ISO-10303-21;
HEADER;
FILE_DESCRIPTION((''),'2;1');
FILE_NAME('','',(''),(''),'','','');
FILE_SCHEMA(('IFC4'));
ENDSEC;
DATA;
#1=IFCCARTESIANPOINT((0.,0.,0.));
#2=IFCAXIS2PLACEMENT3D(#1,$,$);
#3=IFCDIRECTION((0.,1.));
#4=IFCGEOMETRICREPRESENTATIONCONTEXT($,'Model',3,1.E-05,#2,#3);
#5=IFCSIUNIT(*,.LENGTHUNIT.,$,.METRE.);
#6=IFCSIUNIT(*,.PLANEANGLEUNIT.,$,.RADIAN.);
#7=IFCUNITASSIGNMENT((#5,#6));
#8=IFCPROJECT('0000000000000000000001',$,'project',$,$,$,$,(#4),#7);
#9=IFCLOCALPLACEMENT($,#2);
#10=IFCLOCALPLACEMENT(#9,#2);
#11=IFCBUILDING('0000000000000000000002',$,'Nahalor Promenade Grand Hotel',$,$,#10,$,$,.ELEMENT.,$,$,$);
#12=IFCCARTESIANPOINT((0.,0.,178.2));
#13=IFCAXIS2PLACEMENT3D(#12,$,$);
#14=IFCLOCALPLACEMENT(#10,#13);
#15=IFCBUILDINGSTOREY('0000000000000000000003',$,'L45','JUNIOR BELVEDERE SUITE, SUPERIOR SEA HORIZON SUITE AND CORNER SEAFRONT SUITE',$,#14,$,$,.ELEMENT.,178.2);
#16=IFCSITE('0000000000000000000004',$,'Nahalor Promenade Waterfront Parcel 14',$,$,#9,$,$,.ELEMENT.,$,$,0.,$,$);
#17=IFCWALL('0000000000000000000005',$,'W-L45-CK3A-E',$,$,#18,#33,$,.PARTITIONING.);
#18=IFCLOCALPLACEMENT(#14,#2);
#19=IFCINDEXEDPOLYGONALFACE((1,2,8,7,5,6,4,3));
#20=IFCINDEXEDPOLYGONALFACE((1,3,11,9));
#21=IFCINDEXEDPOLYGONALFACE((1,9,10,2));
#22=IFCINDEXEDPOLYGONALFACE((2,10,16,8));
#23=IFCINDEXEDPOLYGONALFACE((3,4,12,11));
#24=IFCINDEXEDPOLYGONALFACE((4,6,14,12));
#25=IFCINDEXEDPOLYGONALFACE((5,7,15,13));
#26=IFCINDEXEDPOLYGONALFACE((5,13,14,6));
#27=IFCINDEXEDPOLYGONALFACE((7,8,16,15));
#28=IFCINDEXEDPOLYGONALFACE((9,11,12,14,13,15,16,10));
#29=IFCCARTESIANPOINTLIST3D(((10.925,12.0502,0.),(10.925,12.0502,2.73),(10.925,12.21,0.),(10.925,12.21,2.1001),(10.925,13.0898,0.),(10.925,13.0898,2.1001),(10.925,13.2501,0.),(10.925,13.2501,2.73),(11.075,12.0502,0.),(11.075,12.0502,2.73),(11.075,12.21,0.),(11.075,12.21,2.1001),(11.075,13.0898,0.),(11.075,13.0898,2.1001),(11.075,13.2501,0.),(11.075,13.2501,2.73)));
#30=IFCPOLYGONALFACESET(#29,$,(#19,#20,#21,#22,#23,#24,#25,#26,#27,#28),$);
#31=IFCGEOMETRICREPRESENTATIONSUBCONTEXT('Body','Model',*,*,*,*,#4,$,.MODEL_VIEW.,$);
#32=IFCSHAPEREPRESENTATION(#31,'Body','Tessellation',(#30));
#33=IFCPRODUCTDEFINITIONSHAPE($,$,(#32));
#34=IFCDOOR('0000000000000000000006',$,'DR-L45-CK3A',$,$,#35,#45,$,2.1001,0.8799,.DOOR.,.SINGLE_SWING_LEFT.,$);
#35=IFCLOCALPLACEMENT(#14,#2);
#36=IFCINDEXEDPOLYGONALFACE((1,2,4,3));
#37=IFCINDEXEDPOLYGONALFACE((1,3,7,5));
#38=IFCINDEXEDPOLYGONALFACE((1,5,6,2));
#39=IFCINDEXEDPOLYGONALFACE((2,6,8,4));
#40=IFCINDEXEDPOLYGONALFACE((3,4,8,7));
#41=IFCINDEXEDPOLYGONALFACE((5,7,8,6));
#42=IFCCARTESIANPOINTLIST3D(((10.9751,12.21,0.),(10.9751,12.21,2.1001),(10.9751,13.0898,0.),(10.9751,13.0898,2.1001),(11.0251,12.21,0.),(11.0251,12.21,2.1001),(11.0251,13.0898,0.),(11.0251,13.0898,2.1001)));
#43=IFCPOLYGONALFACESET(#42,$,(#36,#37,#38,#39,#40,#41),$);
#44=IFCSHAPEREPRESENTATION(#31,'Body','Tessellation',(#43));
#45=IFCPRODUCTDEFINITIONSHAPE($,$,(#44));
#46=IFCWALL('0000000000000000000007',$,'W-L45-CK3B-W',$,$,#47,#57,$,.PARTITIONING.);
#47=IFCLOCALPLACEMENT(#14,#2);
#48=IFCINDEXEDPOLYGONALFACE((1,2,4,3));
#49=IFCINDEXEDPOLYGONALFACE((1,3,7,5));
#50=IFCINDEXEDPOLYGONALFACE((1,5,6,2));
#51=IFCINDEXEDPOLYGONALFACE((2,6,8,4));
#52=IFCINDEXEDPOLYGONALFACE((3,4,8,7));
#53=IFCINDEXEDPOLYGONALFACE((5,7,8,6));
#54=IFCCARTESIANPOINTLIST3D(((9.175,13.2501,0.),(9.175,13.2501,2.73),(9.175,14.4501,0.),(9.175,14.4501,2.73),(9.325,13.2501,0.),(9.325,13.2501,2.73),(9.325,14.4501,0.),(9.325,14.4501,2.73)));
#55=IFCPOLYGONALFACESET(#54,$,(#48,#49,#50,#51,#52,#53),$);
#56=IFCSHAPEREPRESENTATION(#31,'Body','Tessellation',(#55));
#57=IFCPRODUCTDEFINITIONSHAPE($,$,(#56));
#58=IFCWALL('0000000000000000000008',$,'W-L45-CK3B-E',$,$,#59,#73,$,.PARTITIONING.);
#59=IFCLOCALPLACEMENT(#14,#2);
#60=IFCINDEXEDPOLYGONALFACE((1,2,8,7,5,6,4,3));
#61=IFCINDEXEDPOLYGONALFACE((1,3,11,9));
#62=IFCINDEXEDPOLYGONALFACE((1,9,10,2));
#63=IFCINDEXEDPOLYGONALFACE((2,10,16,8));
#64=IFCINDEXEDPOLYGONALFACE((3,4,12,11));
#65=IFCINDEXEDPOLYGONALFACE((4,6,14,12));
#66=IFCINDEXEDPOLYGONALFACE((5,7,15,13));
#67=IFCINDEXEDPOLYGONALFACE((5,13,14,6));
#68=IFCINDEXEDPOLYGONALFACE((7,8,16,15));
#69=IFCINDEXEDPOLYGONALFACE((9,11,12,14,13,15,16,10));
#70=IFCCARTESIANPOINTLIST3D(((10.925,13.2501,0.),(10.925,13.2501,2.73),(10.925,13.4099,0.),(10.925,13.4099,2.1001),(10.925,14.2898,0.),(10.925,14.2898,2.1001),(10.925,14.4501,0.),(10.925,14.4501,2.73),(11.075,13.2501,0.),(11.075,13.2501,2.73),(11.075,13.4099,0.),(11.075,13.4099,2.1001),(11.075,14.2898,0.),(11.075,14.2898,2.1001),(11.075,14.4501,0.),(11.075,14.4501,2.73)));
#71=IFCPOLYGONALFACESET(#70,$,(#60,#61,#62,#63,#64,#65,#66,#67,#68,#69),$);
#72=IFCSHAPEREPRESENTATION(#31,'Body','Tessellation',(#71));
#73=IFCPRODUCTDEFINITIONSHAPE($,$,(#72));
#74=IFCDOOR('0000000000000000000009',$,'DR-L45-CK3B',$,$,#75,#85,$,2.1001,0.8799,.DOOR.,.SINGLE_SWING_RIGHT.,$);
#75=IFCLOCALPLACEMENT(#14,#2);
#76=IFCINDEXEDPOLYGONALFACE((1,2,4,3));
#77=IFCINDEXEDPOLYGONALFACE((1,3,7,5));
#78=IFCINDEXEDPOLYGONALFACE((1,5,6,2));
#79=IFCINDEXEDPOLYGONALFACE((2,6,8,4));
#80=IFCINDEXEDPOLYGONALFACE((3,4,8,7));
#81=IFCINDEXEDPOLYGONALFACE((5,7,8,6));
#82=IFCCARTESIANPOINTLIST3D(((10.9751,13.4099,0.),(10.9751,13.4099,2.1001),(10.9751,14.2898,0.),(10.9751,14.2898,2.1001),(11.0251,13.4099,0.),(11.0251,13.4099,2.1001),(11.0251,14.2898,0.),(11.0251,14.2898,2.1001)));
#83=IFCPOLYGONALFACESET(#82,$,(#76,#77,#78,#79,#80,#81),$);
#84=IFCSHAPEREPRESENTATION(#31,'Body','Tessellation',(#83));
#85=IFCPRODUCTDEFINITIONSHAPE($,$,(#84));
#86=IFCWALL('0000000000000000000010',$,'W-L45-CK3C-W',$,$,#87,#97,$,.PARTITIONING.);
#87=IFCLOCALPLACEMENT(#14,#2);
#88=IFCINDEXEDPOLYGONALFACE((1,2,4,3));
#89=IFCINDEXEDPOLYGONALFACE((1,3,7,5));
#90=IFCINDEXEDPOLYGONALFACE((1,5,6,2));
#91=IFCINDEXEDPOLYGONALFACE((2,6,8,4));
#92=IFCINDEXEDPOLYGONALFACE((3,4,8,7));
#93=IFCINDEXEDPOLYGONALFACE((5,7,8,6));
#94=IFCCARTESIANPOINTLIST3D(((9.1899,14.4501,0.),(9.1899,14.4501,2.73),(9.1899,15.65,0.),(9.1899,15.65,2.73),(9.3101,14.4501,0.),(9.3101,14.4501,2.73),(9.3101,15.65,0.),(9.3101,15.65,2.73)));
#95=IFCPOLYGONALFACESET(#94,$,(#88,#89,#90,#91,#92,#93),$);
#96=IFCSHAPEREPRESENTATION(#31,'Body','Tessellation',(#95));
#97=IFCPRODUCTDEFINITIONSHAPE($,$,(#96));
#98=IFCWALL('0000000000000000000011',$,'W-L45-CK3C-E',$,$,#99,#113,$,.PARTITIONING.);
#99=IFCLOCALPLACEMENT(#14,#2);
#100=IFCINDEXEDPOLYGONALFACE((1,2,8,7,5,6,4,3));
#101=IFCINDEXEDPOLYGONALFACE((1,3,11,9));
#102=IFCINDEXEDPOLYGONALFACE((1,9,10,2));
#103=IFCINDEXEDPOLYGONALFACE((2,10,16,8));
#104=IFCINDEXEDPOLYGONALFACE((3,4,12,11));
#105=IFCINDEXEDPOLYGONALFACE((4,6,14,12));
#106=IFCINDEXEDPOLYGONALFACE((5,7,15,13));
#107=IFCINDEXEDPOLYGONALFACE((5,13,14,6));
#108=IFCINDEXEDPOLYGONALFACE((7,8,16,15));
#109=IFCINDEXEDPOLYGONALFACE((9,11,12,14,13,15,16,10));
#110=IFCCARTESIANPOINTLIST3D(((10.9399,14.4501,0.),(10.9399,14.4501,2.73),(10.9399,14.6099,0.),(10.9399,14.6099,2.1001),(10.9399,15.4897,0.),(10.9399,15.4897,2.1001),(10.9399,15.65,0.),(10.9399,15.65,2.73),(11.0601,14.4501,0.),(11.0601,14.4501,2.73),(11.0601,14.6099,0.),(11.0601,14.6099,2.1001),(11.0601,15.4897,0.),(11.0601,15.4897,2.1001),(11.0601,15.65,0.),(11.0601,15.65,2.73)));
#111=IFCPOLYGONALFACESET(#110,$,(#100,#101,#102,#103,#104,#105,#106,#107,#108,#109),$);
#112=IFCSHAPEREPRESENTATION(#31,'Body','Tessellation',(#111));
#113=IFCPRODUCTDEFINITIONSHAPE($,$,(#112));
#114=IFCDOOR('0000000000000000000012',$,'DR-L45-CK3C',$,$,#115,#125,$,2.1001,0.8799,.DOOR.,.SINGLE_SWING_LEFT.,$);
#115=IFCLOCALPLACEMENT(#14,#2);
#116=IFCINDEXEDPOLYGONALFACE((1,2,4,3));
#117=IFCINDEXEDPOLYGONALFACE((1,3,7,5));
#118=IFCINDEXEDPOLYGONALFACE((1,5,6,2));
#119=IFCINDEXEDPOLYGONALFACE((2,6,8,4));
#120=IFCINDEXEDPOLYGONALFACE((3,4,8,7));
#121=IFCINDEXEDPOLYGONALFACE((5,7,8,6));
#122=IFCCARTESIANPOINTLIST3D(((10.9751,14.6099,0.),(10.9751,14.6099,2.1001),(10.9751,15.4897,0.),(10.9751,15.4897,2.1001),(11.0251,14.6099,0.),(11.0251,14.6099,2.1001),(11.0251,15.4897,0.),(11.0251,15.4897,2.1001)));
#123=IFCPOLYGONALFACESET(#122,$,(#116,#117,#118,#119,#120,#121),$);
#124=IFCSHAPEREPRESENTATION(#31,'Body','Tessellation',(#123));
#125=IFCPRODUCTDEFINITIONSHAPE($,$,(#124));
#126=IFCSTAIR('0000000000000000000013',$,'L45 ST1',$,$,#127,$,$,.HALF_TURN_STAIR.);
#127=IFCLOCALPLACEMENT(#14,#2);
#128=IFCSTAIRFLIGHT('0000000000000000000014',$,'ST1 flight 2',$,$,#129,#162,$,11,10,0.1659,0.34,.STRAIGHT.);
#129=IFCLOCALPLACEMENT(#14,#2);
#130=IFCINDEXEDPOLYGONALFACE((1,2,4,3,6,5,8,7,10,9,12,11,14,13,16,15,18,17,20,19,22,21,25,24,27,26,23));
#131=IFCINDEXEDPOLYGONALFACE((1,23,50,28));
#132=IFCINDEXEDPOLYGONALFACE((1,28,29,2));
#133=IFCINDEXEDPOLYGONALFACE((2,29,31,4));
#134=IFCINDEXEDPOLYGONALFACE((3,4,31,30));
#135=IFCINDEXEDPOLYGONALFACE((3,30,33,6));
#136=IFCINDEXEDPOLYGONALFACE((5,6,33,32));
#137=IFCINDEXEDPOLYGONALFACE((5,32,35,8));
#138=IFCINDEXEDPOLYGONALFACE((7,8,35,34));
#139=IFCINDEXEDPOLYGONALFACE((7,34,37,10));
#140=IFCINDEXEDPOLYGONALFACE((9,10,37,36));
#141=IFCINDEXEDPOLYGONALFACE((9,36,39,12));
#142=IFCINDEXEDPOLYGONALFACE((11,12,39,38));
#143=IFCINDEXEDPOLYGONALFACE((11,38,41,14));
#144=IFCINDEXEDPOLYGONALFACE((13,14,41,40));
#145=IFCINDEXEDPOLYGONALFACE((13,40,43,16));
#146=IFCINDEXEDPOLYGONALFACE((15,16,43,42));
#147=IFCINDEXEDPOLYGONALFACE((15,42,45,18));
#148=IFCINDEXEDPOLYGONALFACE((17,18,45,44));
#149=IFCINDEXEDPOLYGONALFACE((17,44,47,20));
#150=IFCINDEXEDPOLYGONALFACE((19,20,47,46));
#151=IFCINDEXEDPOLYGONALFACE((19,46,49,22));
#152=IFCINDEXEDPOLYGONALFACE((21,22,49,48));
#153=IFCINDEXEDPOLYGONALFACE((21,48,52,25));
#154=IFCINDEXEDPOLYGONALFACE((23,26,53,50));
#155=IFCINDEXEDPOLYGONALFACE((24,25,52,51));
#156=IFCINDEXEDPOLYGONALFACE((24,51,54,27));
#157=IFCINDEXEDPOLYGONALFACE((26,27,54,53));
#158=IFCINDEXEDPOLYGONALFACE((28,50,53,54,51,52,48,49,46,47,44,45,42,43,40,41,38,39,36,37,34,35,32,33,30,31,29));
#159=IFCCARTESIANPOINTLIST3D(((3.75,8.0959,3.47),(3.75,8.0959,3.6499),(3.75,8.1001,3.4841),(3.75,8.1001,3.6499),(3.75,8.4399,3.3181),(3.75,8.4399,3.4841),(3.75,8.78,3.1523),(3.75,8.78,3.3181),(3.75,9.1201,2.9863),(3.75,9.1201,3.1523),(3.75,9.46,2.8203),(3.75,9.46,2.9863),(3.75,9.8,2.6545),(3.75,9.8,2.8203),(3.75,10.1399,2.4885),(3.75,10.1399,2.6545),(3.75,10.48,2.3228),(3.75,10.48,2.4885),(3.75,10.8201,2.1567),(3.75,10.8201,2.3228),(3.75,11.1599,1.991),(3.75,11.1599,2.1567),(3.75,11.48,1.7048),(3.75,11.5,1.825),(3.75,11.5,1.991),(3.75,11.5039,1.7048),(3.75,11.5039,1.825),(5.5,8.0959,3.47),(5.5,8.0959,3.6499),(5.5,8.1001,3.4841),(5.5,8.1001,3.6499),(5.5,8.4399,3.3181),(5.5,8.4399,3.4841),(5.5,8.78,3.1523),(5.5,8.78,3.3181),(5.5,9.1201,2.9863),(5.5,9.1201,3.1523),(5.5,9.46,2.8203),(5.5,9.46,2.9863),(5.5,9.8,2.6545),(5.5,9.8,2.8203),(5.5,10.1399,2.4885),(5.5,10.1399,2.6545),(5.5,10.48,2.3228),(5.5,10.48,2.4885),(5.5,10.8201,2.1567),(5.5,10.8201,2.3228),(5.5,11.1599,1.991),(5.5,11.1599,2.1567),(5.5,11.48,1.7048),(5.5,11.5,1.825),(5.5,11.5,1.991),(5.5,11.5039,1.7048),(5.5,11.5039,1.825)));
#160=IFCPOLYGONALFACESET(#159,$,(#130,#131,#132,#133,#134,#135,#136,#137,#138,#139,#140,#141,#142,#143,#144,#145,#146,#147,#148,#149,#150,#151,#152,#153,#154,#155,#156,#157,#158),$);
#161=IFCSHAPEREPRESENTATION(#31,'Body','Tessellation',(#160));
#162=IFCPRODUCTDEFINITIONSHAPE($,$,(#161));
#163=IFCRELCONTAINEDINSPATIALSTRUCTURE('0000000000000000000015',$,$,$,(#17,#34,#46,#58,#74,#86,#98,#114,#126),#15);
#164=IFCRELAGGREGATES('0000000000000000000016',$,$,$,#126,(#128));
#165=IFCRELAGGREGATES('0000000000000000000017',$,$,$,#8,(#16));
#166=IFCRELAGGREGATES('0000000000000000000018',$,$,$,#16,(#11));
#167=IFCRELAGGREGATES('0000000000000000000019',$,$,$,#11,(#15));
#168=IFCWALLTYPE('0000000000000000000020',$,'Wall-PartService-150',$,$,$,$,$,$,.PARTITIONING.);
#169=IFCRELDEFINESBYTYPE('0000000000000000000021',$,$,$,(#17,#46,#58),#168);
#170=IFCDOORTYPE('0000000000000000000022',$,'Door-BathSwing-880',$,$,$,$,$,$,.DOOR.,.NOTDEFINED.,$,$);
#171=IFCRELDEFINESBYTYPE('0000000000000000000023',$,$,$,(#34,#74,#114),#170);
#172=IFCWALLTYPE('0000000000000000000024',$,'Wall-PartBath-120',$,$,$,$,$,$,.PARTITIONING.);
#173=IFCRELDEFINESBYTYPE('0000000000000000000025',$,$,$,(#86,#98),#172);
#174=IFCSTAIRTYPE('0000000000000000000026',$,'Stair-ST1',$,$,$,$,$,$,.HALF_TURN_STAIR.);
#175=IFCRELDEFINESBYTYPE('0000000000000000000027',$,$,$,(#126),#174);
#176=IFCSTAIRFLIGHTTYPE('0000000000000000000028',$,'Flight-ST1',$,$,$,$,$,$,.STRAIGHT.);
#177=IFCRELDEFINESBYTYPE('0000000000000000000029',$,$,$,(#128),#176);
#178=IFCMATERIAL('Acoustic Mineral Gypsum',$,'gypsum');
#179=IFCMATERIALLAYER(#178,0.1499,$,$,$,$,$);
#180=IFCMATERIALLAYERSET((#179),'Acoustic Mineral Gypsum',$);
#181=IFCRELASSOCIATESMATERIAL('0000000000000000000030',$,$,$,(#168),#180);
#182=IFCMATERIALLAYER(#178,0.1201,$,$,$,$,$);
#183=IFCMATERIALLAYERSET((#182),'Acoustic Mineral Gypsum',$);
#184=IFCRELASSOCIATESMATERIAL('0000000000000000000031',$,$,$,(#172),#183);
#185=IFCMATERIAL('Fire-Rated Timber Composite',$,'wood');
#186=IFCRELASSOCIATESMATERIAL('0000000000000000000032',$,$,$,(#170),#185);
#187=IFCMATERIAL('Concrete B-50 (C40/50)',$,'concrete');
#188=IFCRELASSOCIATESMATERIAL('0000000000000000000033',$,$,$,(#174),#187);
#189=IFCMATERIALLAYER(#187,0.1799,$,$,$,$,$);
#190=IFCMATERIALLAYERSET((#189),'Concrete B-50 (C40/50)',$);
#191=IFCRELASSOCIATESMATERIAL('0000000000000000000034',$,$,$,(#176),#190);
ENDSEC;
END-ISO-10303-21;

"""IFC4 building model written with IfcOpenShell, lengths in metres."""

from ifc_helpers import new_model, si_unit, direction, frame, frame_2d, origin, place, context, subcontext, project, spatial, polyline, rectangle, outline, extrude, source, transform, mapped, material, layer, layer_set, type_object, element, fill, aggregate, save


model = new_model("IFC4")

# Units and contexts
model_context = context("Model", 3, precision=1e-05, world=origin(), true_north=direction((0.0, 1.0)))
body_context = subcontext(model_context, "Body", "Model", "MODEL_VIEW")
ifc_project = project(units=[si_unit("LENGTHUNIT", "METRE"), si_unit("PLANEANGLEUNIT", "RADIAN")], contexts=[model_context])

# Site, building, storey
site_placement = place(None, origin())
site = spatial("IfcSite", under=ifc_project, at=site_placement, Name="Nahalor Promenade Waterfront Parcel 14", CompositionType="ELEMENT", RefElevation=0.0)
building_placement = place(site_placement, origin())
building = spatial("IfcBuilding", under=site, at=building_placement, Name="Nahalor Promenade Grand Hotel", CompositionType="ELEMENT")
storey_placement = place(building_placement, frame((0.0, 0.0, 178.2)))
storey = spatial("IfcBuildingStorey", under=building, at=storey_placement, Name="L45", Description="JUNIOR BELVEDERE SUITE, SUPERIOR SEA HORIZON SUITE AND CORNER SEAFRONT SUITE", CompositionType="ELEMENT", Elevation=178.2)

# Shared definitions
ifc_material_1 = material(Name="Concrete B-50 (C40/50)", Category="concrete")
ifc_material_2 = material(Name="Acoustic Mineral Gypsum", Category="gypsum")
ifc_layer_1 = layer(ifc_material_2, 0.1499)
ifc_layer_set_1 = layer_set([ifc_layer_1], Name="Acoustic Mineral Gypsum")
wall_type_1 = type_object("IfcWallType", Name="Wall-PartService-150", PredefinedType="PARTITIONING", material=ifc_layer_set_1)
ifc_layer_2 = layer(ifc_material_2, 0.1201)
ifc_layer_set_2 = layer_set([ifc_layer_2], Name="Acoustic Mineral Gypsum")
wall_type_2 = type_object("IfcWallType", Name="Wall-PartBath-120", PredefinedType="PARTITIONING", material=ifc_layer_set_2)
shared_shape_1 = source(origin(), body_context, "Body", "SweptSolid", [
    extrude(rectangle(XDim=1.2, YDim=0.1499, at=frame_2d((0.6001, 0.0))), origin(), (0.0, 0.0, 1.0), 2.73),
])

# Wall, opening, door
wall_1_placement = place(storey_placement, frame((11.0, 12.05, 0.0), z_axis=(0.0, 0.0, 1.0), x_axis=(0.0, 1.0, 0.0)))
wall_1 = element("IfcWall", 1, at=wall_1_placement, inside=storey, type_object=wall_type_1, Name="W-L45-CK3A-E", PredefinedType="PARTITIONING", context=body_context, shape_type="MappedRepresentation", body=[
    mapped(shared_shape_1, transform((0.0, 0.0, 0.0), scale=1.0)),
])
opening_1_placement = place(wall_1_placement, frame((0.1599, 0.0, 0.0)))
opening_1 = element("IfcOpeningElement", 2, at=opening_1_placement, cuts=wall_1, PredefinedType="OPENING", context=body_context, shape_type="SweptSolid", body=[
    extrude(rectangle(XDim=0.8799, YDim=2.1001, at=frame_2d((0.4399, 1.05))), frame((0.0, 0.085, 0.0), z_axis=(0.0, -1.0, 0.0), x_axis=(1.0, 0.0, 0.0)), (0.0, 0.0, 1.0), 0.1699),
])
ifc_material_3 = material(Name="Fire-Rated Timber Composite", Category="wood")
door_type = type_object("IfcDoorType", Name="Door-BathSwing-880", OperationType="NOTDEFINED", PredefinedType="DOOR", material=ifc_material_3)
shared_shape_2 = source(origin(), body_context, "Body", "SweptSolid", [
    extrude(rectangle(XDim=0.8799, YDim=2.1001, at=frame_2d((0.4399, 1.05))), frame((0.0, 0.0249, 0.0), z_axis=(0.0, -1.0, 0.0), x_axis=(1.0, 0.0, 0.0)), (0.0, 0.0, 1.0), 0.05),
])
door_1_placement = place(opening_1_placement, origin())
door_1 = element("IfcDoor", 3, at=door_1_placement, inside=storey, type_object=door_type, Name="DR-L45-CK3A", OperationType="SINGLE_SWING_LEFT", OverallHeight=2.1001, OverallWidth=0.8799, PredefinedType="DOOR", context=body_context, shape_type="MappedRepresentation", body=[
    mapped(shared_shape_2, transform((0.0, 0.0, 0.0), scale=1.0)),
])
fill(opening_1, door_1)

# Wall
wall_2_placement = place(storey_placement, frame((9.25, 13.25, 0.0), z_axis=(0.0, 0.0, 1.0), x_axis=(0.0, 1.0, 0.0)))
element("IfcWall", 4, at=wall_2_placement, inside=storey, type_object=wall_type_1, Name="W-L45-CK3B-W", PredefinedType="PARTITIONING", context=body_context, shape_type="MappedRepresentation", body=[
    mapped(shared_shape_1, transform((0.0, 0.0, 0.0), scale=1.0)),
])

# Wall, opening, door
wall_3_placement = place(storey_placement, frame((11.0, 13.25, 0.0), z_axis=(0.0, 0.0, 1.0), x_axis=(0.0, 1.0, 0.0)))
wall_3 = element("IfcWall", 5, at=wall_3_placement, inside=storey, type_object=wall_type_1, Name="W-L45-CK3B-E", PredefinedType="PARTITIONING", context=body_context, shape_type="MappedRepresentation", body=[
    mapped(shared_shape_1, transform((0.0, 0.0, 0.0), scale=1.0)),
])
opening_2_placement = place(wall_3_placement, frame((0.1599, 0.0, 0.0)))
opening_2 = element("IfcOpeningElement", 6, at=opening_2_placement, cuts=wall_3, PredefinedType="OPENING", context=body_context, shape_type="SweptSolid", body=[
    extrude(rectangle(XDim=0.8799, YDim=2.1001, at=frame_2d((0.4399, 1.05))), frame((0.0, 0.085, 0.0), z_axis=(0.0, -1.0, 0.0), x_axis=(1.0, 0.0, 0.0)), (0.0, 0.0, 1.0), 0.1699),
])
door_2_placement = place(opening_2_placement, origin())
door_2 = element("IfcDoor", 7, at=door_2_placement, inside=storey, type_object=door_type, Name="DR-L45-CK3B", OperationType="SINGLE_SWING_RIGHT", OverallHeight=2.1001, OverallWidth=0.8799, PredefinedType="DOOR", context=body_context, shape_type="MappedRepresentation", body=[
    mapped(shared_shape_2, transform((0.0, 0.0, 0.0), scale=1.0)),
])
fill(opening_2, door_2)

# Wall
shared_shape_3 = source(origin(), body_context, "Body", "SweptSolid", [
    extrude(rectangle(XDim=1.2, YDim=0.1201, at=frame_2d((0.6001, 0.0))), origin(), (0.0, 0.0, 1.0), 2.73),
])
wall_4_placement = place(storey_placement, frame((9.25, 14.45, 0.0), z_axis=(0.0, 0.0, 1.0), x_axis=(0.0, 1.0, 0.0)))
element("IfcWall", 8, at=wall_4_placement, inside=storey, type_object=wall_type_2, Name="W-L45-CK3C-W", PredefinedType="PARTITIONING", context=body_context, shape_type="MappedRepresentation", body=[
    mapped(shared_shape_3, transform((0.0, 0.0, 0.0), scale=1.0)),
])

# Wall, opening, door
wall_5_placement = place(storey_placement, frame((11.0, 14.45, 0.0), z_axis=(0.0, 0.0, 1.0), x_axis=(0.0, 1.0, 0.0)))
wall_5 = element("IfcWall", 9, at=wall_5_placement, inside=storey, type_object=wall_type_2, Name="W-L45-CK3C-E", PredefinedType="PARTITIONING", context=body_context, shape_type="MappedRepresentation", body=[
    mapped(shared_shape_3, transform((0.0, 0.0, 0.0), scale=1.0)),
])
opening_3_placement = place(wall_5_placement, frame((0.1599, 0.0, 0.0)))
opening_3 = element("IfcOpeningElement", 10, at=opening_3_placement, cuts=wall_5, PredefinedType="OPENING", context=body_context, shape_type="SweptSolid", body=[
    extrude(rectangle(XDim=0.8799, YDim=2.1001, at=frame_2d((0.4399, 1.05))), frame((0.0, 0.0701, 0.0), z_axis=(0.0, -1.0, 0.0), x_axis=(1.0, 0.0, 0.0)), (0.0, 0.0, 1.0), 0.1401),
])
door_3_placement = place(opening_3_placement, origin())
door_3 = element("IfcDoor", 11, at=door_3_placement, inside=storey, type_object=door_type, Name="DR-L45-CK3C", OperationType="SINGLE_SWING_LEFT", OverallHeight=2.1001, OverallWidth=0.8799, PredefinedType="DOOR", context=body_context, shape_type="MappedRepresentation", body=[
    mapped(shared_shape_2, transform((0.0, 0.0, 0.0), scale=1.0)),
])
fill(opening_3, door_3)

# Stair, stair flight
stair_type = type_object("IfcStairType", Name="Stair-ST1", PredefinedType="HALF_TURN_STAIR", material=ifc_material_1)
stair_placement = place(storey_placement, origin())
stair = element("IfcStair", 12, at=stair_placement, inside=storey, type_object=stair_type, Name="L45 ST1", PredefinedType="HALF_TURN_STAIR")
ifc_layer_3 = layer(ifc_material_1, 0.1799)
ifc_layer_set_3 = layer_set([ifc_layer_3], Name="Concrete B-50 (C40/50)")
stair_flight_type = type_object("IfcStairFlightType", Name="Flight-ST1", PredefinedType="STRAIGHT", material=ifc_layer_set_3)
shared_shape_4 = source(origin(), body_context, "Body", "SweptSolid", [
    extrude(outline(polyline([(-0.0039, -0.1201), (-0.0039, 0.0), (0.0, 0.0), (0.0, 0.166), (0.3401, 0.166), (0.3401, 0.3318), (0.6799, 0.3318), (0.6799, 0.4978), (1.02, 0.4978), (1.02, 0.6636), (1.3601, 0.6636), (1.3601, 0.8296), (1.7, 0.8296), (1.7, 0.9954), (2.04, 0.9954), (2.04, 1.1614), (2.3799, 1.1614), (2.3799, 1.3274), (2.72, 1.3274), (2.72, 1.4932), (3.0601, 1.4932), (3.0601, 1.6592), (3.3999, 1.6592), (3.3999, 1.825), (3.4041, 1.825), (3.4041, 1.645), (0.02, -0.1201), (-0.0039, -0.1201)])), frame((0.0, 0.875, 0.0), z_axis=(0.0, -1.0, 0.0), x_axis=(1.0, 0.0, 0.0)), (0.0, 0.0, 1.0), 1.75),
])
stair_flight_placement = place(storey_placement, frame((4.625, 11.5, 1.825), z_axis=(0.0, 0.0, 1.0), x_axis=(0.0, -1.0, 0.0)))
stair_flight = element("IfcStairFlight", 13, at=stair_flight_placement, type_object=stair_flight_type, Name="ST1 flight 2", NumberOfRisers=11, NumberOfTreads=10, PredefinedType="STRAIGHT", RiserHeight=0.1659, TreadLength=0.34, context=body_context, shape_type="MappedRepresentation", body=[
    mapped(shared_shape_4, transform((0.0, 0.0, 0.0), scale=1.0)),
])
aggregate(stair, [stair_flight])

save(model, "model.ifc")
